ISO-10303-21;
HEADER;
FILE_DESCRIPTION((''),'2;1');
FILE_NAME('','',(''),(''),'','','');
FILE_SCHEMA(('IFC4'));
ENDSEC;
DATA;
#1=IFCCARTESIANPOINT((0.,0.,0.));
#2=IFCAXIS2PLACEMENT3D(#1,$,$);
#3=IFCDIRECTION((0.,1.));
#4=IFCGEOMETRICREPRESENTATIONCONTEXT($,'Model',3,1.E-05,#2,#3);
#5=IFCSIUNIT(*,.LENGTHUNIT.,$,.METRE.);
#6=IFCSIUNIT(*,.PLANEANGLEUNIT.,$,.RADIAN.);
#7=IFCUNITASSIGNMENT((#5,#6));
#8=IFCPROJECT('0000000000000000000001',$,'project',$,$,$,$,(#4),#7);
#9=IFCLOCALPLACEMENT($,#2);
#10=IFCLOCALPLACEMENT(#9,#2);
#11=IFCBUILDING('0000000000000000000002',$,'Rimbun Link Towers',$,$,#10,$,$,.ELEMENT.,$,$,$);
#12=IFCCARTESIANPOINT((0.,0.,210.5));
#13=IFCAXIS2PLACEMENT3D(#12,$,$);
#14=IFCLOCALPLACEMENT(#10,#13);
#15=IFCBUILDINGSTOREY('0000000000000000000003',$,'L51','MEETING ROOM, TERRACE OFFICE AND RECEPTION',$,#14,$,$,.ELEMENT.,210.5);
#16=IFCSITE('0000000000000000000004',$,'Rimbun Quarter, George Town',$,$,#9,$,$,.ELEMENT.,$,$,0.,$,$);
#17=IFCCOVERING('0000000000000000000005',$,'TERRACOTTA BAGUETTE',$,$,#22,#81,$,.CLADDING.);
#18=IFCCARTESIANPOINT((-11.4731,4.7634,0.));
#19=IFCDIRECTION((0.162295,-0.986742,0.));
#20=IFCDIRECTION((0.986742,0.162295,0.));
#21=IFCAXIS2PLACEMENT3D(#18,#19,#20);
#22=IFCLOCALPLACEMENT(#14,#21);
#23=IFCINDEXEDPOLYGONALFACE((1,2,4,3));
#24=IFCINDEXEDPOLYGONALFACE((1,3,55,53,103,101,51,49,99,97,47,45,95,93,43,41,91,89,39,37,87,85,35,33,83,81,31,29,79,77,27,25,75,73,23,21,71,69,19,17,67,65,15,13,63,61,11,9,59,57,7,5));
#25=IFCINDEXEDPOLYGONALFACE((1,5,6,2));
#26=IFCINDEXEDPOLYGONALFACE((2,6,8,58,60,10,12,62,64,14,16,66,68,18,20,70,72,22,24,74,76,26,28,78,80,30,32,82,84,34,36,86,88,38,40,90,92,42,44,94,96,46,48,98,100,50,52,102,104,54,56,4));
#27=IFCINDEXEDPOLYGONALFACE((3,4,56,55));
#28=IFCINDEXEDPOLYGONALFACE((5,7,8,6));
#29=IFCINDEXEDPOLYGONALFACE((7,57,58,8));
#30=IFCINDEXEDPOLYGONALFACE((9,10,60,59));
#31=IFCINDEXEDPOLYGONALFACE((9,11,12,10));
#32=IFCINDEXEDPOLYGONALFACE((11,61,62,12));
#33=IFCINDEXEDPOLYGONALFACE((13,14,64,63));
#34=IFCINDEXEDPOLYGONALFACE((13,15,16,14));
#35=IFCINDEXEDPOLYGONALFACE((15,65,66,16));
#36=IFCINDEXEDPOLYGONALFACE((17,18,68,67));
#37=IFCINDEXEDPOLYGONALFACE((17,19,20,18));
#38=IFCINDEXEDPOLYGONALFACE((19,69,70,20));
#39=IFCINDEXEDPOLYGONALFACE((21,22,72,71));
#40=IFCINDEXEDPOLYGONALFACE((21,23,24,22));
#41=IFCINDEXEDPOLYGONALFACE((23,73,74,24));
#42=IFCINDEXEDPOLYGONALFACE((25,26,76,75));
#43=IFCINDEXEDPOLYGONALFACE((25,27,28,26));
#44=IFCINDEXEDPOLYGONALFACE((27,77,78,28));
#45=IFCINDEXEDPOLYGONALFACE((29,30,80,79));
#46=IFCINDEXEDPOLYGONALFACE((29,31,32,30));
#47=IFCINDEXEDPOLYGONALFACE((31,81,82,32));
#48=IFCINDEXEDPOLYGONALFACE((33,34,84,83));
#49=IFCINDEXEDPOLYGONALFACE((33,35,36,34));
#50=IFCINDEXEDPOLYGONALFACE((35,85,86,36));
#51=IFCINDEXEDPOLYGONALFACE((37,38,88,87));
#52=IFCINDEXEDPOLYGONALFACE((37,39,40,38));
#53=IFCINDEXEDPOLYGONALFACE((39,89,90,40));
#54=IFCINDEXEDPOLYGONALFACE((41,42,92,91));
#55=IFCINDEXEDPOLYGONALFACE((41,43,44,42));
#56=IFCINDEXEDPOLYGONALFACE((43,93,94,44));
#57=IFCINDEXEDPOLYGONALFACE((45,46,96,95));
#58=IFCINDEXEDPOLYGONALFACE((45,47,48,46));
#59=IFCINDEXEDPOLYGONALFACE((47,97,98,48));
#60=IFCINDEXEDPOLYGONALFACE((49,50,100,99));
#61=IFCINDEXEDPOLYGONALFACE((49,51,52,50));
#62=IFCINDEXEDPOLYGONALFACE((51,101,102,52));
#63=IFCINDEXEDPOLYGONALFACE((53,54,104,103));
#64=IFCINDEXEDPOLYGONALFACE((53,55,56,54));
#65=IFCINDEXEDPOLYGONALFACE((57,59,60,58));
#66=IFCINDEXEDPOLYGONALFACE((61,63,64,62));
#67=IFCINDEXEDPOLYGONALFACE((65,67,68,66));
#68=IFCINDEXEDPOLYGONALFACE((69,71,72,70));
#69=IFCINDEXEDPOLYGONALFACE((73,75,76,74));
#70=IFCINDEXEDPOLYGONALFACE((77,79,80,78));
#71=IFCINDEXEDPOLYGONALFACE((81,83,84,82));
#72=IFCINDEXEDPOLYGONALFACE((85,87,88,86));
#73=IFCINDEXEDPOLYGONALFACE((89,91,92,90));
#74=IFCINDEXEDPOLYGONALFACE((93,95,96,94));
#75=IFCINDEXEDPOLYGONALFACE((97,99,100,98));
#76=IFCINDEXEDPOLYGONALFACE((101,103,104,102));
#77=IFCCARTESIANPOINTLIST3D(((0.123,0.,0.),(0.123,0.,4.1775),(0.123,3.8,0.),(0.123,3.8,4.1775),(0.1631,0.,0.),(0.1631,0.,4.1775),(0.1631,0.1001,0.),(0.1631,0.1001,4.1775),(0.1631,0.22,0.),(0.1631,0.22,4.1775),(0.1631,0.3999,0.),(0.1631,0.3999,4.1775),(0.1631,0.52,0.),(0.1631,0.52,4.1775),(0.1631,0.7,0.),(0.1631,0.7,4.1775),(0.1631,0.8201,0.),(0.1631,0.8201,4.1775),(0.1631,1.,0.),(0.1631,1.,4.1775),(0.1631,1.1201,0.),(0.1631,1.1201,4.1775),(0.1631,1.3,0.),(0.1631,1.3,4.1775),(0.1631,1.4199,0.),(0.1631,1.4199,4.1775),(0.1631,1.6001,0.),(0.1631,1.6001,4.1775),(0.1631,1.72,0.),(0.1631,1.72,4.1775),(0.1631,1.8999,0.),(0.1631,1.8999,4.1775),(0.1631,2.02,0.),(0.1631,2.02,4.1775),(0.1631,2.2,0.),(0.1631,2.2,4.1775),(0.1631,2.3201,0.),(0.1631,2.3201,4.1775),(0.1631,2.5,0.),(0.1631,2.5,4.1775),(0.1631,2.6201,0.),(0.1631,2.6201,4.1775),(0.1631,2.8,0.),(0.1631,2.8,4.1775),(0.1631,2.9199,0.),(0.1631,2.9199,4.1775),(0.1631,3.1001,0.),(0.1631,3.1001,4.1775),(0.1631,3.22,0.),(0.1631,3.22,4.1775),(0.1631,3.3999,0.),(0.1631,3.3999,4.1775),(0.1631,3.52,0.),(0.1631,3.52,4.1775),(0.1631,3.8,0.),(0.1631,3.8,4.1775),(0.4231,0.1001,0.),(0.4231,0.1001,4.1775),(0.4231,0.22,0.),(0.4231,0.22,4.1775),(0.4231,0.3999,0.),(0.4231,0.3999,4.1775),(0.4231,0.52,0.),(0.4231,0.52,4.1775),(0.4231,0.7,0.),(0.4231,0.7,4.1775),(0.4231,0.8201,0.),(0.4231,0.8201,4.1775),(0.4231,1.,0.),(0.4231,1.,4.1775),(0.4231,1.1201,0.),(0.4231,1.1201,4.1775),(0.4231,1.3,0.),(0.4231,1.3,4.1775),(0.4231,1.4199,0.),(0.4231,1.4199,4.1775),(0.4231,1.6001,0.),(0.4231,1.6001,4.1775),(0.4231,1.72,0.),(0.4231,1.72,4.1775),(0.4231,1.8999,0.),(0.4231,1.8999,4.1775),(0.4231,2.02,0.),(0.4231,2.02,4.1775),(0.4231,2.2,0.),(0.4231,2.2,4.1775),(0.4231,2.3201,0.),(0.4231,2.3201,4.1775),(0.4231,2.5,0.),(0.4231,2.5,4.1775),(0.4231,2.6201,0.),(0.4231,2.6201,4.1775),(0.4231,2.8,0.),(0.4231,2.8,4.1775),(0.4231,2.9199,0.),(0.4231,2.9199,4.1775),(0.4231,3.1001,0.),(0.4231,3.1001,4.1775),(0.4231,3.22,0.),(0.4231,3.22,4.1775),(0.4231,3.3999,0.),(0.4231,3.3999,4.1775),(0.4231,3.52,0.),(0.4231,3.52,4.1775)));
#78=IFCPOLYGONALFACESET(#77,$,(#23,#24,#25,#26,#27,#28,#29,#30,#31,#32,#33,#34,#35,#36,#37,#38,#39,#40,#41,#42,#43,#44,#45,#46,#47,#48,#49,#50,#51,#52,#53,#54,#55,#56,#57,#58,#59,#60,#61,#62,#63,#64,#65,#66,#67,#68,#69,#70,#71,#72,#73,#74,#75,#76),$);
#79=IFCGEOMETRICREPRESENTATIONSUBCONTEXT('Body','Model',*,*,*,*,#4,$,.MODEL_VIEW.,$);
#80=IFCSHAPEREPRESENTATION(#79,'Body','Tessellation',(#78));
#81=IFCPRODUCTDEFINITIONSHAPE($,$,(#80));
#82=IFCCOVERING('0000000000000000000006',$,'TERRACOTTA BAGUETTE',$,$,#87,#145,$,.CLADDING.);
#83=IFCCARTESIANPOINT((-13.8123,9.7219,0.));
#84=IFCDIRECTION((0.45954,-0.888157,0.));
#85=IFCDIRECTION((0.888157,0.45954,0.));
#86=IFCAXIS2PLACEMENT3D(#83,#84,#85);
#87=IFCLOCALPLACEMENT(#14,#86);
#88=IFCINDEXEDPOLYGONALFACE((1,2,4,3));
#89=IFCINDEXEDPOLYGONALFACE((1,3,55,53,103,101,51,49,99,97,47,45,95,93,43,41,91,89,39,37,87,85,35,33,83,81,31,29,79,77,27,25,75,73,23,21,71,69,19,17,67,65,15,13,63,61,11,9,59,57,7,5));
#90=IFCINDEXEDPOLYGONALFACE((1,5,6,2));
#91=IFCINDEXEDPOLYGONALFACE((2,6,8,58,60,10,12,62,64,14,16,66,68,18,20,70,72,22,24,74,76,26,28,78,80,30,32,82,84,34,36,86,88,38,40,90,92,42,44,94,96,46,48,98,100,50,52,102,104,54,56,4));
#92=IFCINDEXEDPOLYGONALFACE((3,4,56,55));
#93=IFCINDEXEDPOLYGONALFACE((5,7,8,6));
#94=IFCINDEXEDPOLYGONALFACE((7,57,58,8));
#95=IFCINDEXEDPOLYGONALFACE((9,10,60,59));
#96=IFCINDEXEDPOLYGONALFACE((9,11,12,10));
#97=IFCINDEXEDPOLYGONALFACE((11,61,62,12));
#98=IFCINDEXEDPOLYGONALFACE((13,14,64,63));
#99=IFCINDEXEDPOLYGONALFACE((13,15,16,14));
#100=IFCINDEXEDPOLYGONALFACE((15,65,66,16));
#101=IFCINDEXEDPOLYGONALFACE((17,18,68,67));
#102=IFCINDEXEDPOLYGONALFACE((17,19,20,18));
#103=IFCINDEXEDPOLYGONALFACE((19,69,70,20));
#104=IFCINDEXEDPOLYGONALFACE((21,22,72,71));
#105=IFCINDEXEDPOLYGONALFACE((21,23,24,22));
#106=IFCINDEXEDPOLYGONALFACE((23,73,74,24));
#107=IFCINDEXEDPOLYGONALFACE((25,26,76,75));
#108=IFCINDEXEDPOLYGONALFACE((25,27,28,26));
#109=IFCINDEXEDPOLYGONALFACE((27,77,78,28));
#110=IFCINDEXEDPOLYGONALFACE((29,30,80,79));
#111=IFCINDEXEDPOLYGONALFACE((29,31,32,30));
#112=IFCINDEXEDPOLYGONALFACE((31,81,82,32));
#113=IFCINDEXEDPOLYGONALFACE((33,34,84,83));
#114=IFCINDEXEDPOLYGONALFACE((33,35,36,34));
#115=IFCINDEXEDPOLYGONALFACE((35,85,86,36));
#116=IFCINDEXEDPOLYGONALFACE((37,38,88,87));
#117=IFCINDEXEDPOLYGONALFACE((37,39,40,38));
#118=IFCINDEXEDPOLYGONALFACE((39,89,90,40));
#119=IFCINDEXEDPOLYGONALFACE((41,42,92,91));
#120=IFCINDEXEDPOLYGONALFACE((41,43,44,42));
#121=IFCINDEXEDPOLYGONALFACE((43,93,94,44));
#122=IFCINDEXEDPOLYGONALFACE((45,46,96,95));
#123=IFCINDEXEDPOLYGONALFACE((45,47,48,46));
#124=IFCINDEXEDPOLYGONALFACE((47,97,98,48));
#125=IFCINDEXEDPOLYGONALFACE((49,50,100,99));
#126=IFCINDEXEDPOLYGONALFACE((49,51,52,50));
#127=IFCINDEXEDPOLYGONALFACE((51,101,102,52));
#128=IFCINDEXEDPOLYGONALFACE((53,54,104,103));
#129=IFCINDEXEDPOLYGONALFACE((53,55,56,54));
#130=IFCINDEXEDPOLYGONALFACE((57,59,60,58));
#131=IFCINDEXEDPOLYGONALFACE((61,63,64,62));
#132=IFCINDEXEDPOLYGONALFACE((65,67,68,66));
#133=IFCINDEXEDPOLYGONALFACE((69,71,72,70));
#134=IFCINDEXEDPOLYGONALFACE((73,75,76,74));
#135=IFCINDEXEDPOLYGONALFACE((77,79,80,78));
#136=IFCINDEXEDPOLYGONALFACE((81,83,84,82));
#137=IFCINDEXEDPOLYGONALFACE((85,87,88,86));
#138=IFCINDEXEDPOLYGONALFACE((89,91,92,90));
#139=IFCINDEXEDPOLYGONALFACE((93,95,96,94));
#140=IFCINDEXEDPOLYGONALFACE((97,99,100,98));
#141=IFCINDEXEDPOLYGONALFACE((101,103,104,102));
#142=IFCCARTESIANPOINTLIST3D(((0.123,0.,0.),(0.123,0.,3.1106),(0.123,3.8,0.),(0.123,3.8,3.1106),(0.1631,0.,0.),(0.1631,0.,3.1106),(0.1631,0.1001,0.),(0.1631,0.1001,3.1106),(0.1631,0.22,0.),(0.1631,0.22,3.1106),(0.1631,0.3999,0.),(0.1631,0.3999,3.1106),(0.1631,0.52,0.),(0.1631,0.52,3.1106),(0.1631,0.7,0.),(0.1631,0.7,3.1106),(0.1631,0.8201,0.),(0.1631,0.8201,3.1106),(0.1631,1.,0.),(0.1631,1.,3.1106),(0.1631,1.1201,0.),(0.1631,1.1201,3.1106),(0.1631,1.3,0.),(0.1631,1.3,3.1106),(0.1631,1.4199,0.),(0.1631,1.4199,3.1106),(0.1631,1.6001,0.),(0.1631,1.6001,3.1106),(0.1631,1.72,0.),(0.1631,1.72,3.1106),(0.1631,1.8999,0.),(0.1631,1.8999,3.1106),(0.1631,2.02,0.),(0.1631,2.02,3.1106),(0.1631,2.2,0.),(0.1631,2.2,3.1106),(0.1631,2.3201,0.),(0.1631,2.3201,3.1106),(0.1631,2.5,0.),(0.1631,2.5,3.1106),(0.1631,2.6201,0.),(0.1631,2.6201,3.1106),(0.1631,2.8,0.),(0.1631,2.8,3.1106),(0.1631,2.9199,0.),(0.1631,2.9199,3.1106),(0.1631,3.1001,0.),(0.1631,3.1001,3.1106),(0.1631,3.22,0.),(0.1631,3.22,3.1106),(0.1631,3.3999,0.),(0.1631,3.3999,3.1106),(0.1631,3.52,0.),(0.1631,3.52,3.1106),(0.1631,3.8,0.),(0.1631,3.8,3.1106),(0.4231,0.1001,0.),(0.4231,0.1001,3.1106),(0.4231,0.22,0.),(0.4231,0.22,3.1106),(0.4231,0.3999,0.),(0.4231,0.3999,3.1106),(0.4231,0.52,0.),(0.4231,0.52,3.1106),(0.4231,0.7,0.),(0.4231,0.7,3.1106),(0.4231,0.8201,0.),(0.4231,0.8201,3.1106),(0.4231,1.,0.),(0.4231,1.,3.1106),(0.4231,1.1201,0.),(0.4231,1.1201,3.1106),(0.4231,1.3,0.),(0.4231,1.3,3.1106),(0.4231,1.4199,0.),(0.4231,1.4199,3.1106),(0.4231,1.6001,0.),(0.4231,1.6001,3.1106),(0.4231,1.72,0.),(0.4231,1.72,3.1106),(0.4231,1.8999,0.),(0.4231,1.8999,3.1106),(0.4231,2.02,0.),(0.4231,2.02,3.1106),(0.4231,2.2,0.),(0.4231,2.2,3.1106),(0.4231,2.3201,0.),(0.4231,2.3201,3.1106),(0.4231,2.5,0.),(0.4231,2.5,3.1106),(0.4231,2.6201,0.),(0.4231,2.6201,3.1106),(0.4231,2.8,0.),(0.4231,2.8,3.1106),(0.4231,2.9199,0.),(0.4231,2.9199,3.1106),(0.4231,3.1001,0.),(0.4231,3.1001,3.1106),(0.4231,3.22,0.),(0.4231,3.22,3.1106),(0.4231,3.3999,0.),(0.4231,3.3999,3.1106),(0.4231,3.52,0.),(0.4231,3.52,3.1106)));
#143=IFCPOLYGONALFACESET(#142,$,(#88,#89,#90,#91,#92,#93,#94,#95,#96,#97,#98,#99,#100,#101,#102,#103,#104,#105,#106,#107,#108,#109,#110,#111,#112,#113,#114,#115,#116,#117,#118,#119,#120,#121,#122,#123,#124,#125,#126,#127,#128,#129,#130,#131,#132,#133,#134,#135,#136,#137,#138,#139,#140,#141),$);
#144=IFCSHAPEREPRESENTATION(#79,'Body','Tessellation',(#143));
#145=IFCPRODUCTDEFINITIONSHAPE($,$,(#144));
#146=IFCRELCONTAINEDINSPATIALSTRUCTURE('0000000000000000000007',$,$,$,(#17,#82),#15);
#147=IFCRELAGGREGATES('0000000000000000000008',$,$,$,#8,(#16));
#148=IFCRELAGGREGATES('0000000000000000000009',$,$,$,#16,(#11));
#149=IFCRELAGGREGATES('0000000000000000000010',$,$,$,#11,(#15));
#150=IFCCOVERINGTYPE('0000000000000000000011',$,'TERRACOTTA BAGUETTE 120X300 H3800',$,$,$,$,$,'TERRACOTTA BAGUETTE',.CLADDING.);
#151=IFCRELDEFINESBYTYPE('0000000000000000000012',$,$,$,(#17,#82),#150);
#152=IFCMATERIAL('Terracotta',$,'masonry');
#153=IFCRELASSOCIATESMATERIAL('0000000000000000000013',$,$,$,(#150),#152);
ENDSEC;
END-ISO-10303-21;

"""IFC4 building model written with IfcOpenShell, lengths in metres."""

from ifc_helpers import new_model, si_unit, direction, frame, origin, place, context, subcontext, project, spatial, polyline, outline, extrude, material, material_profile, profile_set, type_object, element, save


model = new_model("IFC4")

# Units and contexts
model_context = context("Model", 3, precision=1e-05, world=origin(), true_north=direction((0.0, 1.0)))
body_context = subcontext(model_context, "Body", "Model", "MODEL_VIEW")
ifc_project = project(units=[si_unit("LENGTHUNIT", "METRE"), si_unit("PLANEANGLEUNIT", "RADIAN")], contexts=[model_context])

# Site, building, storey
site_placement = place(None, origin())
site = spatial("IfcSite", under=ifc_project, at=site_placement, Name="Rimbun Quarter, George Town", CompositionType="ELEMENT", RefElevation=0.0)
building_placement = place(site_placement, origin())
building = spatial("IfcBuilding", under=site, at=building_placement, Name="Rimbun Link Towers", CompositionType="ELEMENT")
storey_placement = place(building_placement, frame((0.0, 0.0, 210.5)))
storey = spatial("IfcBuildingStorey", under=building, at=storey_placement, Name="L51", Description="MEETING ROOM, TERRACE OFFICE AND RECEPTION", CompositionType="ELEMENT", Elevation=210.5)

# Coverings
ifc_material_1 = material(Name="Terracotta", Category="masonry")
ifc_material_profile_1 = material_profile(ifc_material_1, outline(polyline([(0.123, 0.0), (0.1631, 0.0), (0.1631, 0.1001), (0.4231, 0.1001), (0.4231, 0.22), (0.1631, 0.22), (0.1631, 0.3999), (0.4231, 0.3999), (0.4231, 0.52), (0.1631, 0.52), (0.1631, 0.7), (0.4231, 0.7), (0.4231, 0.8201), (0.1631, 0.8201), (0.1631, 1.0), (0.4231, 1.0), (0.4231, 1.1201), (0.1631, 1.1201), (0.1631, 1.3), (0.4231, 1.3), (0.4231, 1.4199), (0.1631, 1.4199), (0.1631, 1.6001), (0.4231, 1.6001), (0.4231, 1.72), (0.1631, 1.72), (0.1631, 1.8999), (0.4231, 1.8999), (0.4231, 2.02), (0.1631, 2.02), (0.1631, 2.2), (0.4231, 2.2), (0.4231, 2.3201), (0.1631, 2.3201), (0.1631, 2.5), (0.4231, 2.5), (0.4231, 2.6201), (0.1631, 2.6201), (0.1631, 2.8), (0.4231, 2.8), (0.4231, 2.9199), (0.1631, 2.9199), (0.1631, 3.1001), (0.4231, 3.1001), (0.4231, 3.22), (0.1631, 3.22), (0.1631, 3.3999), (0.4231, 3.3999), (0.4231, 3.52), (0.1631, 3.52), (0.1631, 3.8), (0.123, 3.8), (0.123, 0.0)])), Name="BAGUETTE 120X300")
ifc_profile_set_1 = profile_set([ifc_material_profile_1], Name="Terracotta")
covering_type_1 = type_object("IfcCoveringType", Name="TERRACOTTA BAGUETTE 120X300 H3800", ElementType="TERRACOTTA BAGUETTE", PredefinedType="CLADDING", material=ifc_profile_set_1)
covering_1_placement = place(storey_placement, frame((-11.4731, 4.7634, 0.0), z_axis=(0.162295, -0.986742, 0.0), x_axis=(0.986742, 0.162295, 0.0)))
element("IfcCovering", 1, at=covering_1_placement, inside=storey, type_object=covering_type_1, Name="TERRACOTTA BAGUETTE", PredefinedType="CLADDING", context=body_context, shape_type="SweptSolid", body=[
    extrude(outline(polyline([(0.123, 0.0), (0.1631, 0.0), (0.1631, 0.1001), (0.4231, 0.1001), (0.4231, 0.22), (0.1631, 0.22), (0.1631, 0.3999), (0.4231, 0.3999), (0.4231, 0.52), (0.1631, 0.52), (0.1631, 0.7), (0.4231, 0.7), (0.4231, 0.8201), (0.1631, 0.8201), (0.1631, 1.0), (0.4231, 1.0), (0.4231, 1.1201), (0.1631, 1.1201), (0.1631, 1.3), (0.4231, 1.3), (0.4231, 1.4199), (0.1631, 1.4199), (0.1631, 1.6001), (0.4231, 1.6001), (0.4231, 1.72), (0.1631, 1.72), (0.1631, 1.8999), (0.4231, 1.8999), (0.4231, 2.02), (0.1631, 2.02), (0.1631, 2.2), (0.4231, 2.2), (0.4231, 2.3201), (0.1631, 2.3201), (0.1631, 2.5), (0.4231, 2.5), (0.4231, 2.6201), (0.1631, 2.6201), (0.1631, 2.8), (0.4231, 2.8), (0.4231, 2.9199), (0.1631, 2.9199), (0.1631, 3.1001), (0.4231, 3.1001), (0.4231, 3.22), (0.1631, 3.22), (0.1631, 3.3999), (0.4231, 3.3999), (0.4231, 3.52), (0.1631, 3.52), (0.1631, 3.8), (0.123, 3.8), (0.123, 0.0)])), origin(), (0.0, 0.0, 1.0), 4.1775),
])
covering_2_placement = place(storey_placement, frame((-13.8123, 9.7219, 0.0), z_axis=(0.45954, -0.888157, 0.0), x_axis=(0.888157, 0.45954, 0.0)))
element("IfcCovering", 2, at=covering_2_placement, inside=storey, type_object=covering_type_1, Name="TERRACOTTA BAGUETTE", PredefinedType="CLADDING", context=body_context, shape_type="SweptSolid", body=[
    extrude(outline(polyline([(0.123, 0.0), (0.1631, 0.0), (0.1631, 0.1001), (0.4231, 0.1001), (0.4231, 0.22), (0.1631, 0.22), (0.1631, 0.3999), (0.4231, 0.3999), (0.4231, 0.52), (0.1631, 0.52), (0.1631, 0.7), (0.4231, 0.7), (0.4231, 0.8201), (0.1631, 0.8201), (0.1631, 1.0), (0.4231, 1.0), (0.4231, 1.1201), (0.1631, 1.1201), (0.1631, 1.3), (0.4231, 1.3), (0.4231, 1.4199), (0.1631, 1.4199), (0.1631, 1.6001), (0.4231, 1.6001), (0.4231, 1.72), (0.1631, 1.72), (0.1631, 1.8999), (0.4231, 1.8999), (0.4231, 2.02), (0.1631, 2.02), (0.1631, 2.2), (0.4231, 2.2), (0.4231, 2.3201), (0.1631, 2.3201), (0.1631, 2.5), (0.4231, 2.5), (0.4231, 2.6201), (0.1631, 2.6201), (0.1631, 2.8), (0.4231, 2.8), (0.4231, 2.9199), (0.1631, 2.9199), (0.1631, 3.1001), (0.4231, 3.1001), (0.4231, 3.22), (0.1631, 3.22), (0.1631, 3.3999), (0.4231, 3.3999), (0.4231, 3.52), (0.1631, 3.52), (0.1631, 3.8), (0.123, 3.8), (0.123, 0.0)])), origin(), (0.0, 0.0, 1.0), 3.1106),
])

save(model, "model.ifc")
